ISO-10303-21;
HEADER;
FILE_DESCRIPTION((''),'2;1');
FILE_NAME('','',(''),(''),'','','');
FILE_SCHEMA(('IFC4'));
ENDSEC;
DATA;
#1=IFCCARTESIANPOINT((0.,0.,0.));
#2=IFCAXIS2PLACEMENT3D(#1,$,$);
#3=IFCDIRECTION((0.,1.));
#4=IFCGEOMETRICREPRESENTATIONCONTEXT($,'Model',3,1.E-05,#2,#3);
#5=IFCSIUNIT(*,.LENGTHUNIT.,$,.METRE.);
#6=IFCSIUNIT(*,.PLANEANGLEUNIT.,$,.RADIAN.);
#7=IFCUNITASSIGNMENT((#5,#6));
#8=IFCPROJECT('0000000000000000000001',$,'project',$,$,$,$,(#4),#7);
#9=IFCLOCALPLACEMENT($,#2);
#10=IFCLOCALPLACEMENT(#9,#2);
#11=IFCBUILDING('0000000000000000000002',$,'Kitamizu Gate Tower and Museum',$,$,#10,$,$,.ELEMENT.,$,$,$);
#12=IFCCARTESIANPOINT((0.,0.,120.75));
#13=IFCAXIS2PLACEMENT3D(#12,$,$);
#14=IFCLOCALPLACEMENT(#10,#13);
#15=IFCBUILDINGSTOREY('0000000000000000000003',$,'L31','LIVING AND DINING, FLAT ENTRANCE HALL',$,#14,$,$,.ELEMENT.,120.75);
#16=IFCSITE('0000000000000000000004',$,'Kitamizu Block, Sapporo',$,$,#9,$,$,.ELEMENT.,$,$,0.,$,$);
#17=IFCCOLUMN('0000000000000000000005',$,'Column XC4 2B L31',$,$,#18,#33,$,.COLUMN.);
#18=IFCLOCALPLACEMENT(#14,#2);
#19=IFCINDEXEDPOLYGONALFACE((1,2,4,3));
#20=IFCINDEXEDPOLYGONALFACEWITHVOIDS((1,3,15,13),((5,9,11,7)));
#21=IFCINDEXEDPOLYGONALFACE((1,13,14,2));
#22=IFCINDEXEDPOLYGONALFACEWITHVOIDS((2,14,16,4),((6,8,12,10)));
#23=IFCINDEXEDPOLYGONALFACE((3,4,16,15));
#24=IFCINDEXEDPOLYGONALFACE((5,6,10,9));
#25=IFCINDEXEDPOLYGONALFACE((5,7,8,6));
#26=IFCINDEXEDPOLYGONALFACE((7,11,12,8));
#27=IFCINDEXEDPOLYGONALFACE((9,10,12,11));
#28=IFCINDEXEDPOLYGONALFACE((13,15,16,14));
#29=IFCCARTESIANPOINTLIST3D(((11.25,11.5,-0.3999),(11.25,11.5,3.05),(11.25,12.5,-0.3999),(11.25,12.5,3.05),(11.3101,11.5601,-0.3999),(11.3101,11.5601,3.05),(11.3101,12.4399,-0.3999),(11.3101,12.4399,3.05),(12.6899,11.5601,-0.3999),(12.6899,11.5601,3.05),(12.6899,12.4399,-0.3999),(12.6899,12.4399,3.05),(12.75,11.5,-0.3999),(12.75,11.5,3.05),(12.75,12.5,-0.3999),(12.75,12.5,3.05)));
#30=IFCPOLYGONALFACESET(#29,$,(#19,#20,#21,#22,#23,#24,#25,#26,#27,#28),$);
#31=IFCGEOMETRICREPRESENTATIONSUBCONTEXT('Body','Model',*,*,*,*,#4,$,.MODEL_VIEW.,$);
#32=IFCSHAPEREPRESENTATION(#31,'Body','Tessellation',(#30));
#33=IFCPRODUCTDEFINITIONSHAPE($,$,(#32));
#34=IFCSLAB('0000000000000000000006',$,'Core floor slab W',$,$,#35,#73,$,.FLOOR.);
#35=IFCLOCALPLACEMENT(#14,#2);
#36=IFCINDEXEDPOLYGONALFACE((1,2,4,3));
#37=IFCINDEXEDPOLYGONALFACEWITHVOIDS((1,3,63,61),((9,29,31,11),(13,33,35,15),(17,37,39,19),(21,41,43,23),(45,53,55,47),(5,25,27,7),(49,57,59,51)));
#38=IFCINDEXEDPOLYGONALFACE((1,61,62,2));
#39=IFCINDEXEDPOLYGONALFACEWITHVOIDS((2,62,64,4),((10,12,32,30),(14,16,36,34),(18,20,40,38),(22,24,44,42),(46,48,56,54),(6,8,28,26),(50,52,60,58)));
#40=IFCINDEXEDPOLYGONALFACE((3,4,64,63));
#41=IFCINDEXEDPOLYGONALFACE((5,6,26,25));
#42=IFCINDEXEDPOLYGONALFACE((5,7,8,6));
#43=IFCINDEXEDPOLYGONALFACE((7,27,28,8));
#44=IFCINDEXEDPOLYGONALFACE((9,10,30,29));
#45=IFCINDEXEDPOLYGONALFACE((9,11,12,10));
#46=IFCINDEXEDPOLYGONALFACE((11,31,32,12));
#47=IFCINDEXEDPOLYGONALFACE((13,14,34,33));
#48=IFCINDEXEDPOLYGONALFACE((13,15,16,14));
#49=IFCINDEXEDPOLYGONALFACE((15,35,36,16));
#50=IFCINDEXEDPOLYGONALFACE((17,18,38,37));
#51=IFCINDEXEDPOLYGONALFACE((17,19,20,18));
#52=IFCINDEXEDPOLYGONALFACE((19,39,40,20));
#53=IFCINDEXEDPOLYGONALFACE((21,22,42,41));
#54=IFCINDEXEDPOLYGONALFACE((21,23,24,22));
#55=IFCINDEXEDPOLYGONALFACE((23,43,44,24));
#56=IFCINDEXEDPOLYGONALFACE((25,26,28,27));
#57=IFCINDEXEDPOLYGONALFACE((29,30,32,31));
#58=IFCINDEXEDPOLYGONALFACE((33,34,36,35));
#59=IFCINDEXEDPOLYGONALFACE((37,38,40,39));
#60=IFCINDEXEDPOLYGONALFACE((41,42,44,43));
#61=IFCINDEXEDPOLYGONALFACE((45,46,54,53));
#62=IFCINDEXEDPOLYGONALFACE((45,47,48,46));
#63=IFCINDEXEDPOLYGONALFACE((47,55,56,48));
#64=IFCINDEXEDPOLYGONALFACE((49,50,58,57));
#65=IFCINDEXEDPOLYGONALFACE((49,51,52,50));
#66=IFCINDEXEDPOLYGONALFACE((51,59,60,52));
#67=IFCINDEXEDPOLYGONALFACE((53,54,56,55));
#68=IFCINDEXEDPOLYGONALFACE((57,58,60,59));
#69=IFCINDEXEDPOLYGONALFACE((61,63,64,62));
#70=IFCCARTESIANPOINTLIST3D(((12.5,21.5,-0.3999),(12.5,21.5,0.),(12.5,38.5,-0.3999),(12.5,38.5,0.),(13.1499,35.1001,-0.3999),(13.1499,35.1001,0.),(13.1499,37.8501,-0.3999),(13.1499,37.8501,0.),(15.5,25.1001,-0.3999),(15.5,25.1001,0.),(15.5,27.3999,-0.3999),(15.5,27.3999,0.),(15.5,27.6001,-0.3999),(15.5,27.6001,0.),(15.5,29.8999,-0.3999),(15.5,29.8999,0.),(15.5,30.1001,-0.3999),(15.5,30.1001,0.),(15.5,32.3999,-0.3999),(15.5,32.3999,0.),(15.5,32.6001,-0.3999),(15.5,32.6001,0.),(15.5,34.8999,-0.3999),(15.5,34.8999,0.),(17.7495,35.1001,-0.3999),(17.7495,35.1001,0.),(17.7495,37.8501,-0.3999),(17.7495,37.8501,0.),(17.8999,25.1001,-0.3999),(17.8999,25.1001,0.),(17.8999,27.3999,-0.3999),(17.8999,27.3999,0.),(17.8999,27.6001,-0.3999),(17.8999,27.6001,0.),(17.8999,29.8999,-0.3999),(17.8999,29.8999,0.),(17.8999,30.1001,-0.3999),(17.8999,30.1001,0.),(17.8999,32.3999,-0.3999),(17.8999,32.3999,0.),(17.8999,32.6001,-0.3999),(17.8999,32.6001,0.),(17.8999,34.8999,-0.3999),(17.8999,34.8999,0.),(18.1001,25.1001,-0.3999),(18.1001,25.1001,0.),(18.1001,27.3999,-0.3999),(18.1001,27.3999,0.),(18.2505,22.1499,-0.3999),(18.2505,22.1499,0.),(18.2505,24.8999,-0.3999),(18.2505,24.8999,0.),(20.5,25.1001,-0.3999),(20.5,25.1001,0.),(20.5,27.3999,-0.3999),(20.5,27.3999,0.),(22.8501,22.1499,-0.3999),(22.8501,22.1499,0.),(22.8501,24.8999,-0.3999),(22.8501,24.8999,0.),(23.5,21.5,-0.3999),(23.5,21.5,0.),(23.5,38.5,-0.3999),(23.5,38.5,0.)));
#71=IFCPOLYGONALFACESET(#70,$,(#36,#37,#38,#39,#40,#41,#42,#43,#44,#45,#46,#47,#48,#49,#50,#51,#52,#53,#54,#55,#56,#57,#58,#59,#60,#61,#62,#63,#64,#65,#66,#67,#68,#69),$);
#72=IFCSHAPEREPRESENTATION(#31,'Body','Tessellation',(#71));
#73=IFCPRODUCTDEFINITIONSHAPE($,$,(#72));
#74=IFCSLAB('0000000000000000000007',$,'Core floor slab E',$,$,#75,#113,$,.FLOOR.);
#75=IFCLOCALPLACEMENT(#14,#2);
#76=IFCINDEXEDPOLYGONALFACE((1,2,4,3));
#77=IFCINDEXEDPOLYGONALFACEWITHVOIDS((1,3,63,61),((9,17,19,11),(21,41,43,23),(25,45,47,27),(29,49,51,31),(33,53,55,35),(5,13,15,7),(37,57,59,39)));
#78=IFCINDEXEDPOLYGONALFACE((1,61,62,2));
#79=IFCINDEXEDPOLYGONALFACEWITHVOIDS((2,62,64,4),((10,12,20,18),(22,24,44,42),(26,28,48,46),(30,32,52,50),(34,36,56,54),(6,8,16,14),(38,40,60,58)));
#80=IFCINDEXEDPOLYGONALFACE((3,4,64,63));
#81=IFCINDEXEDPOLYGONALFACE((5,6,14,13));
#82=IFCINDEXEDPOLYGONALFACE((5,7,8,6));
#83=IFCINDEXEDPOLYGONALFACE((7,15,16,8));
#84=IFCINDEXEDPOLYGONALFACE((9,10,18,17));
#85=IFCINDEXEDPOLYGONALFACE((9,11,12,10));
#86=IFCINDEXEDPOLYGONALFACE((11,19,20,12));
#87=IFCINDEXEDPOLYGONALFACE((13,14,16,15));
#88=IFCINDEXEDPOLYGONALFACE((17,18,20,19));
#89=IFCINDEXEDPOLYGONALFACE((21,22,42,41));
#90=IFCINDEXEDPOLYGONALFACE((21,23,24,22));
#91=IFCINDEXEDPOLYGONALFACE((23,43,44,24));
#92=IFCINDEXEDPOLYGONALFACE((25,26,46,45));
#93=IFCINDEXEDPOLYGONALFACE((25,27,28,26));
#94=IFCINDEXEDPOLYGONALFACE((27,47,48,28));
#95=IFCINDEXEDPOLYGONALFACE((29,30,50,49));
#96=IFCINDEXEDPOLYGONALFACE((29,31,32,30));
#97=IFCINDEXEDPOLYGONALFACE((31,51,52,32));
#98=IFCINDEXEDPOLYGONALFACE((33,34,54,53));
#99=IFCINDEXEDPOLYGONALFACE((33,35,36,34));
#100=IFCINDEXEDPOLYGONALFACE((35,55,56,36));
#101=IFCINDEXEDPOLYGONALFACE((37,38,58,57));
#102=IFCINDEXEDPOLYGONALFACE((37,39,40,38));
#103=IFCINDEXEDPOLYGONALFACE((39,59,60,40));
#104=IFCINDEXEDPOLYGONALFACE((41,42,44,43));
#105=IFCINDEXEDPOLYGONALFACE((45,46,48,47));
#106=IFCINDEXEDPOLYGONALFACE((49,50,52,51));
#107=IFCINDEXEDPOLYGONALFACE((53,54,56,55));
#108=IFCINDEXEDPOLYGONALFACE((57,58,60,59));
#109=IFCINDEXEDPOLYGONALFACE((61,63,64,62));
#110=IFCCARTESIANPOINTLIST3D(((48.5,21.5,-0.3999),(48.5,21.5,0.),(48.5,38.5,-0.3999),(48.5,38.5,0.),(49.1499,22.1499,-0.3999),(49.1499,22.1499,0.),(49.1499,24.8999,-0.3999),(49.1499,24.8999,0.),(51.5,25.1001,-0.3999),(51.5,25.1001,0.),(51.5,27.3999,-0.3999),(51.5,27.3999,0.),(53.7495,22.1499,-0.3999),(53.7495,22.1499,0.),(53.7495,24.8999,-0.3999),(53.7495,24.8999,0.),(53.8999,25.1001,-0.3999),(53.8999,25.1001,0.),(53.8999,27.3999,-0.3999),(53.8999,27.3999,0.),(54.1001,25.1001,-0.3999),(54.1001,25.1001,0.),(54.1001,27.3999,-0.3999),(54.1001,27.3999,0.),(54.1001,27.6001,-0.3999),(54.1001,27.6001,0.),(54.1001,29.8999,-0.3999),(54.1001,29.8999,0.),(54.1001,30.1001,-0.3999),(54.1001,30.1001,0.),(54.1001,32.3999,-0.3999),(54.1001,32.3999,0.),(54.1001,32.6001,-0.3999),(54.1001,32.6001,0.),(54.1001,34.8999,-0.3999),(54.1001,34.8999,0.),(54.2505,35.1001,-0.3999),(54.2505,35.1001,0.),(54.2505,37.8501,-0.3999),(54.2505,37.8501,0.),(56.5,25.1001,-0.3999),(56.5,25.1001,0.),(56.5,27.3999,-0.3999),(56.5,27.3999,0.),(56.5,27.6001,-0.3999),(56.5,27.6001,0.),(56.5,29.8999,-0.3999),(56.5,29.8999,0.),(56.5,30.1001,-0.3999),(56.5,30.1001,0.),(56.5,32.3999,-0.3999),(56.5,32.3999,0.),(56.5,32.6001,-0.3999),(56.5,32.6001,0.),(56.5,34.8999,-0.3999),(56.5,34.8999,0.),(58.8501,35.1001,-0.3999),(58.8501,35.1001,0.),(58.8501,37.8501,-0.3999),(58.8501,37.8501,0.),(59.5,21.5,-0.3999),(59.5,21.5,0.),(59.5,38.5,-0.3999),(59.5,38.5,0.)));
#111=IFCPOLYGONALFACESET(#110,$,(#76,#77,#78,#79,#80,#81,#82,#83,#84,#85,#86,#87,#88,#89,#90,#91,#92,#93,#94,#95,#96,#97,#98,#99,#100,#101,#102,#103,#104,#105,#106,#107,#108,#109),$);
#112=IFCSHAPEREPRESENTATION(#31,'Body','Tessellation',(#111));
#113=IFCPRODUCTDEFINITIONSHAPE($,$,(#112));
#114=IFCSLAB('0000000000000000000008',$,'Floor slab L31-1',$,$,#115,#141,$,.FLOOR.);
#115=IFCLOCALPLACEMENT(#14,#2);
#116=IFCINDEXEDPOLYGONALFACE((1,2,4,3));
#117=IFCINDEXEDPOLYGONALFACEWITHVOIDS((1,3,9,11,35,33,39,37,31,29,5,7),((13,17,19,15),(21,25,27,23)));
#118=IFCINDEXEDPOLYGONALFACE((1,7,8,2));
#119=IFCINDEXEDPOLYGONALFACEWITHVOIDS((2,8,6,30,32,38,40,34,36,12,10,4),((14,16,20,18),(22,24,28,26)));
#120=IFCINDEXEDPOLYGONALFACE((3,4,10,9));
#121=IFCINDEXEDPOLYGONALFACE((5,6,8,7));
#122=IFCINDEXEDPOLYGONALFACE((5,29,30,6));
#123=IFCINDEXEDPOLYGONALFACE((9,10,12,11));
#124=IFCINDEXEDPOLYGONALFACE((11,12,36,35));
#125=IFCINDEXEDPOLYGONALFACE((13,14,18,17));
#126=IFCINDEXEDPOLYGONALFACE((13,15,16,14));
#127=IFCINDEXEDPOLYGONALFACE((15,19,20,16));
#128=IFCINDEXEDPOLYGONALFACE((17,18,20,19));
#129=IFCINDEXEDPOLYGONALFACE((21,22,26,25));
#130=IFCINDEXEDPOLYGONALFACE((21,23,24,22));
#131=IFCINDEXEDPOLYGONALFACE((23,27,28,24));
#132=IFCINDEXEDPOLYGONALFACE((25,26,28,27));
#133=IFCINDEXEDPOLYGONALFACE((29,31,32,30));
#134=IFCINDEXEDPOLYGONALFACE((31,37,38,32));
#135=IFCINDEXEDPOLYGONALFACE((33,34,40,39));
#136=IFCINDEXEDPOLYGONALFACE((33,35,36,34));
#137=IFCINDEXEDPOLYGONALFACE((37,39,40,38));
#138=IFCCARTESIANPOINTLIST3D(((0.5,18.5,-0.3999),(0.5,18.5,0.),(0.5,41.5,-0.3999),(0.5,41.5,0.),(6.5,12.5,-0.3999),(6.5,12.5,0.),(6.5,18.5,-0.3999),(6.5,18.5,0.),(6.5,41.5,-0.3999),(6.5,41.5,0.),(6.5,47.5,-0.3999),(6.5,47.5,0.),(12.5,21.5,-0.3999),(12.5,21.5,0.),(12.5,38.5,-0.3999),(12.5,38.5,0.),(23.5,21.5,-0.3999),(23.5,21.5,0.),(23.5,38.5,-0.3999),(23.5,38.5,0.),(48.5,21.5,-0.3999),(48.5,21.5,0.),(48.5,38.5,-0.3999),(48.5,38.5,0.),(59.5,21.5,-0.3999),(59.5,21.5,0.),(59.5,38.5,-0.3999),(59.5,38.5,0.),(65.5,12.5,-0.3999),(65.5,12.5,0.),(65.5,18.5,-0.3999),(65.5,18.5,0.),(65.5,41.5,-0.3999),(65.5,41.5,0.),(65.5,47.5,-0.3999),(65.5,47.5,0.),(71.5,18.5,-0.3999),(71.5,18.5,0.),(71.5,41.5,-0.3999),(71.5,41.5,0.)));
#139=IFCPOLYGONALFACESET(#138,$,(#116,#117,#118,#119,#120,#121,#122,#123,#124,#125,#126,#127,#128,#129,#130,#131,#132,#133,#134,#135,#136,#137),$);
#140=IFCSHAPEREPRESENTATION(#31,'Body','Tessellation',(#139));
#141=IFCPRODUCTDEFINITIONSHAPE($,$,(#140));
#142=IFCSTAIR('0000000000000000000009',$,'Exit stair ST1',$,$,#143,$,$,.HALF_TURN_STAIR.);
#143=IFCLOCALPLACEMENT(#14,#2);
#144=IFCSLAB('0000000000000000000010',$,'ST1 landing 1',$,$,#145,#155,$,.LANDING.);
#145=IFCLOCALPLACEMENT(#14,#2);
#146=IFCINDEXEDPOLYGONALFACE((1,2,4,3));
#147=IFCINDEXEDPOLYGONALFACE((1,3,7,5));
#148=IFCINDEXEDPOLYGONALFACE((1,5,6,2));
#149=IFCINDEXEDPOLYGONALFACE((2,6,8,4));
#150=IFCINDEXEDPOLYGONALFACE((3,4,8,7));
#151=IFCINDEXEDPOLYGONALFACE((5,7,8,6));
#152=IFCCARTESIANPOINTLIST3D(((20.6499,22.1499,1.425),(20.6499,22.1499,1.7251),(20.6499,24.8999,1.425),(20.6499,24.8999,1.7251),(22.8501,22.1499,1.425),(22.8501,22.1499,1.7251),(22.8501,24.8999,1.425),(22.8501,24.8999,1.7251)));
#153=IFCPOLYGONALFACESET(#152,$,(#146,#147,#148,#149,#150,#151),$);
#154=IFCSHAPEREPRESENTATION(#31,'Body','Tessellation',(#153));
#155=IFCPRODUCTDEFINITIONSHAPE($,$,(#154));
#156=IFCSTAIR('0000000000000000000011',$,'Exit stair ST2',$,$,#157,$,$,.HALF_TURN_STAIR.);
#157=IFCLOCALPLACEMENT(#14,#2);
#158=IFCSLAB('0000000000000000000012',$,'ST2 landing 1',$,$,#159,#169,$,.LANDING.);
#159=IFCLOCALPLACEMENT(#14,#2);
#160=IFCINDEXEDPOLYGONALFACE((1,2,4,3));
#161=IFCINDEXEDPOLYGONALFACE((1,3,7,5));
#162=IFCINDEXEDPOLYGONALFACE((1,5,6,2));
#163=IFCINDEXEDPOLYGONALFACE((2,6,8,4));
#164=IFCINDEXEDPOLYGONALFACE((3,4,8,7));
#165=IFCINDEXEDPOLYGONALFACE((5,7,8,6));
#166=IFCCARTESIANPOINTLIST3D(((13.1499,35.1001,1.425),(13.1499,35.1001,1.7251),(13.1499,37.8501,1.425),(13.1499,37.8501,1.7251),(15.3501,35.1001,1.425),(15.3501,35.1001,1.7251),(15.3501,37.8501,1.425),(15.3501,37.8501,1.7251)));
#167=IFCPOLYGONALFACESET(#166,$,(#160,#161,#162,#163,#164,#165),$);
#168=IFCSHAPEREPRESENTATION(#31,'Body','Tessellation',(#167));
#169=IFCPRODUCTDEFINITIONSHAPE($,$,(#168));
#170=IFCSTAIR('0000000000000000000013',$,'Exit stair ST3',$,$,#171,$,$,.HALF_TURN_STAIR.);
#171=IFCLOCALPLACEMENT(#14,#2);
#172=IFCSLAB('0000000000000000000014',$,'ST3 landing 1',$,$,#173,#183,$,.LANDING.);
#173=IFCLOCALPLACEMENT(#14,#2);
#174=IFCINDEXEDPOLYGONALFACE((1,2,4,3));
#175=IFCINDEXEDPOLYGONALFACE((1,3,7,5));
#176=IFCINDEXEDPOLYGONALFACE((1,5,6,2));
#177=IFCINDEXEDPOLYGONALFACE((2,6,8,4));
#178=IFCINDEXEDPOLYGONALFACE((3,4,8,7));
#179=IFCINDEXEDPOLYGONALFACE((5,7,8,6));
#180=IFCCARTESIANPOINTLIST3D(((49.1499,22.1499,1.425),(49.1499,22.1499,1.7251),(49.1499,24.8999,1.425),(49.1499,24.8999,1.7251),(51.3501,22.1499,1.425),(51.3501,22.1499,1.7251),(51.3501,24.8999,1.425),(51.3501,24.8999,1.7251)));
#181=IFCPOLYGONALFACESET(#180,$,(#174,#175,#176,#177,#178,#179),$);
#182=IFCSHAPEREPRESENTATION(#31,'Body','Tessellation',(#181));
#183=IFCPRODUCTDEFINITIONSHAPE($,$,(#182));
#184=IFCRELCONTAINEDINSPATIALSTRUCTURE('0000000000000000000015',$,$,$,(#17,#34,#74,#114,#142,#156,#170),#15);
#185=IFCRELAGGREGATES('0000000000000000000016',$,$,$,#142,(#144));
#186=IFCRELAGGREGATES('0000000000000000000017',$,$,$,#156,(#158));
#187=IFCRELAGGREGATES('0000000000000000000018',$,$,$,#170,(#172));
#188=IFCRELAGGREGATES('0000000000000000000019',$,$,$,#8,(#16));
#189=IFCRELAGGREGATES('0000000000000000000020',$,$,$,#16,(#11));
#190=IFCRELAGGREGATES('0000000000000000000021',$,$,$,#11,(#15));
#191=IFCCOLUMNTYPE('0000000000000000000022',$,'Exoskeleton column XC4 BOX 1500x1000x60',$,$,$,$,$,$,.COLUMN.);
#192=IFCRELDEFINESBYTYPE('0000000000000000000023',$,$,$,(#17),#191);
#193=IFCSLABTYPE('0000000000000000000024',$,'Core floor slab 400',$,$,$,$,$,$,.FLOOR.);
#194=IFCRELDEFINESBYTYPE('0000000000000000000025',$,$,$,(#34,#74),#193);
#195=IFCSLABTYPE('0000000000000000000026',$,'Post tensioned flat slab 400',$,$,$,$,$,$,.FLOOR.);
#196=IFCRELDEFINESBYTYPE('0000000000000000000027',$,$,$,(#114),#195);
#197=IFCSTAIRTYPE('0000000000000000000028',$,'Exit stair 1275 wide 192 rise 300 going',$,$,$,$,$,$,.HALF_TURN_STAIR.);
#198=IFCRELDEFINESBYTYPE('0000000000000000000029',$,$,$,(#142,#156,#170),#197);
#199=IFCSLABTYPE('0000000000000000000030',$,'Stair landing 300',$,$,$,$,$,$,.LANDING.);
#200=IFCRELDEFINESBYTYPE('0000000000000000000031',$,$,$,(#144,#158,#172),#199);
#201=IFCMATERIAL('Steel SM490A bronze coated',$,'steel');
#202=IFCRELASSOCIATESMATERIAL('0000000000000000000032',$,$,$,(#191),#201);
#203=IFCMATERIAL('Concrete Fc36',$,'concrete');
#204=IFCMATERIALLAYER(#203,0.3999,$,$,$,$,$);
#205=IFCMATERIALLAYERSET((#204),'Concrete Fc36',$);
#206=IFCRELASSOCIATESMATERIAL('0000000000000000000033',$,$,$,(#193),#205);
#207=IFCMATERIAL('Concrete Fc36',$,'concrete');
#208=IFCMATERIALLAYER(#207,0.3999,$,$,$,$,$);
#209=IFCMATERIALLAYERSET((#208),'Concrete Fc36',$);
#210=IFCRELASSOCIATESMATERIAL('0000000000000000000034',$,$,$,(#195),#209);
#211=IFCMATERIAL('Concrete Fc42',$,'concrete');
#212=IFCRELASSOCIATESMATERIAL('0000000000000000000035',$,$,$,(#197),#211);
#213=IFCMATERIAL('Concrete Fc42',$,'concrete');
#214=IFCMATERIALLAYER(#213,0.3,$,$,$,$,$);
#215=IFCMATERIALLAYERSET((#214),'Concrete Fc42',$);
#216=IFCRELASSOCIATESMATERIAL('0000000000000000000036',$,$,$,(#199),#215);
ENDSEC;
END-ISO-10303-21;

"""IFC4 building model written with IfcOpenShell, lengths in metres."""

from ifc_helpers import new_model, si_unit, direction, frame, origin, origin_2d, place, context, subcontext, project, spatial, polyline, hollow_rectangle, outline, extrude, material, layer, layer_set, material_profile, profile_set, type_object, element, aggregate, save


model = new_model("IFC4")

# Units and contexts
model_context = context("Model", 3, precision=1e-05, world=origin(), true_north=direction((0.0, 1.0)))
body_context = subcontext(model_context, "Body", "Model", "MODEL_VIEW")
ifc_project = project(units=[si_unit("LENGTHUNIT", "METRE"), si_unit("PLANEANGLEUNIT", "RADIAN")], contexts=[model_context])

# Site, building, storey
site_placement = place(None, origin())
site = spatial("IfcSite", under=ifc_project, at=site_placement, Name="Kitamizu Block, Sapporo", CompositionType="ELEMENT", RefElevation=0.0)
building_placement = place(site_placement, origin())
building = spatial("IfcBuilding", under=site, at=building_placement, Name="Kitamizu Gate Tower and Museum", CompositionType="ELEMENT")
storey_placement = place(building_placement, frame((0.0, 0.0, 120.75)))
storey = spatial("IfcBuildingStorey", under=building, at=storey_placement, Name="L31", Description="LIVING AND DINING, FLAT ENTRANCE HALL", CompositionType="ELEMENT", Elevation=120.75)

# Column
ifc_material_1 = material(Name="Steel SM490A bronze coated", Category="steel")
ifc_material_profile = material_profile(ifc_material_1, hollow_rectangle(XDim=1.5, YDim=1.0, WallThickness=0.0601, at=origin_2d()), Name="BOX 1500x1000x60")
ifc_profile_set = profile_set([ifc_material_profile], Name="Steel SM490A bronze coated")
column_type = type_object("IfcColumnType", Name="Exoskeleton column XC4 BOX 1500x1000x60", PredefinedType="COLUMN", material=ifc_profile_set)
column_placement = place(storey_placement, frame((12.0, 12.0, -0.3999), z_axis=(0.0, 0.0, 1.0), x_axis=(1.0, 0.0, 0.0)))
element("IfcColumn", 1, at=column_placement, inside=storey, type_object=column_type, Name="Column XC4 2B L31", PredefinedType="COLUMN", context=body_context, shape_type="SweptSolid", body=[
    extrude(hollow_rectangle(XDim=1.5, YDim=1.0, WallThickness=0.0601, at=origin_2d()), origin(), (0.0, 0.0, 1.0), 3.45),
])

# Slabs
ifc_material_2 = material(Name="Concrete Fc36", Category="concrete")
ifc_layer_1 = layer(ifc_material_2, 0.3999)
ifc_layer_set_1 = layer_set([ifc_layer_1], Name="Concrete Fc36")
slab_type_1 = type_object("IfcSlabType", Name="Core floor slab 400", PredefinedType="FLOOR", material=ifc_layer_set_1)
slab_1_placement = place(storey_placement, frame((0.0, 0.0, -0.3999)))
element("IfcSlab", 2, at=slab_1_placement, inside=storey, type_object=slab_type_1, Name="Core floor slab W", PredefinedType="FLOOR", context=body_context, shape_type="SweptSolid", body=[
    extrude(outline(polyline([(12.5, 21.5), (23.5, 21.5), (23.5, 38.5), (12.5, 38.5), (12.5, 21.5)]), holes=[polyline([(15.5, 25.1001), (17.8999, 25.1001), (17.8999, 27.3999), (15.5, 27.3999), (15.5, 25.1001)]), polyline([(15.5, 27.6001), (17.8999, 27.6001), (17.8999, 29.8999), (15.5, 29.8999), (15.5, 27.6001)]), polyline([(15.5, 30.1001), (17.8999, 30.1001), (17.8999, 32.3999), (15.5, 32.3999), (15.5, 30.1001)]), polyline([(15.5, 32.6001), (17.8999, 32.6001), (17.8999, 34.8999), (15.5, 34.8999), (15.5, 32.6001)]), polyline([(18.1001, 25.1001), (20.5, 25.1001), (20.5, 27.3999), (18.1001, 27.3999), (18.1001, 25.1001)]), polyline([(18.2505, 22.1499), (22.8501, 22.1499), (22.8501, 24.8999), (18.2505, 24.8999), (18.2505, 22.1499)]), polyline([(13.1499, 35.1001), (17.7495, 35.1001), (17.7495, 37.8501), (13.1499, 37.8501), (13.1499, 35.1001)])]), origin(), (0.0, 0.0, 1.0), 0.3999),
])
slab_2_placement = place(storey_placement, frame((0.0, 0.0, -0.3999)))
element("IfcSlab", 3, at=slab_2_placement, inside=storey, type_object=slab_type_1, Name="Core floor slab E", PredefinedType="FLOOR", context=body_context, shape_type="SweptSolid", body=[
    extrude(outline(polyline([(48.5, 21.5), (59.5, 21.5), (59.5, 38.5), (48.5, 38.5), (48.5, 21.5)]), holes=[polyline([(54.1001, 25.1001), (56.5, 25.1001), (56.5, 27.3999), (54.1001, 27.3999), (54.1001, 25.1001)]), polyline([(54.1001, 27.6001), (56.5, 27.6001), (56.5, 29.8999), (54.1001, 29.8999), (54.1001, 27.6001)]), polyline([(54.1001, 30.1001), (56.5, 30.1001), (56.5, 32.3999), (54.1001, 32.3999), (54.1001, 30.1001)]), polyline([(54.1001, 32.6001), (56.5, 32.6001), (56.5, 34.8999), (54.1001, 34.8999), (54.1001, 32.6001)]), polyline([(51.5, 25.1001), (53.8999, 25.1001), (53.8999, 27.3999), (51.5, 27.3999), (51.5, 25.1001)]), polyline([(49.1499, 22.1499), (53.7495, 22.1499), (53.7495, 24.8999), (49.1499, 24.8999), (49.1499, 22.1499)]), polyline([(54.2505, 35.1001), (58.8501, 35.1001), (58.8501, 37.8501), (54.2505, 37.8501), (54.2505, 35.1001)])]), origin(), (0.0, 0.0, 1.0), 0.3999),
])
ifc_material_3 = material(Name="Concrete Fc36", Category="concrete")
ifc_layer_2 = layer(ifc_material_3, 0.3999)
ifc_layer_set_2 = layer_set([ifc_layer_2], Name="Concrete Fc36")
slab_type_2 = type_object("IfcSlabType", Name="Post tensioned flat slab 400", PredefinedType="FLOOR", material=ifc_layer_set_2)
slab_3_placement = place(storey_placement, frame((0.0, 0.0, -0.3999)))
element("IfcSlab", 4, at=slab_3_placement, inside=storey, type_object=slab_type_2, Name="Floor slab L31-1", PredefinedType="FLOOR", context=body_context, shape_type="SweptSolid", body=[
    extrude(outline(polyline([(0.5, 18.5), (0.5, 41.5), (6.5, 41.5), (6.5, 47.5), (65.5, 47.5), (65.5, 41.5), (71.5, 41.5), (71.5, 18.5), (65.5, 18.5), (65.5, 12.5), (6.5, 12.5), (6.5, 18.5), (0.5, 18.5)]), holes=[polyline([(59.5, 38.5), (48.5, 38.5), (48.5, 21.5), (59.5, 21.5), (59.5, 38.5)]), polyline([(12.5, 38.5), (12.5, 21.5), (23.5, 21.5), (23.5, 38.5), (12.5, 38.5)])]), origin(), (0.0, 0.0, 1.0), 0.3999),
])

# Stairs, slabs
ifc_material_4 = material(Name="Concrete Fc42", Category="concrete")
stair_type = type_object("IfcStairType", Name="Exit stair 1275 wide 192 rise 300 going", PredefinedType="HALF_TURN_STAIR", material=ifc_material_4)
stair_1_placement = place(storey_placement, origin())
stair_1 = element("IfcStair", 5, at=stair_1_placement, inside=storey, type_object=stair_type, Name="Exit stair ST1", PredefinedType="HALF_TURN_STAIR")
ifc_material_5 = material(Name="Concrete Fc42", Category="concrete")
ifc_layer_3 = layer(ifc_material_5, 0.3)
ifc_layer_set_3 = layer_set([ifc_layer_3], Name="Concrete Fc42")
slab_type_3 = type_object("IfcSlabType", Name="Stair landing 300", PredefinedType="LANDING", material=ifc_layer_set_3)
slab_4_placement = place(storey_placement, frame((0.0, 0.0, 1.425)))
slab_4 = element("IfcSlab", 6, at=slab_4_placement, type_object=slab_type_3, Name="ST1 landing 1", PredefinedType="LANDING", context=body_context, shape_type="SweptSolid", body=[
    extrude(outline(polyline([(20.6499, 22.1499), (22.8501, 22.1499), (22.8501, 24.8999), (20.6499, 24.8999), (20.6499, 22.1499)])), origin(), (0.0, 0.0, 1.0), 0.3),
])
aggregate(stair_1, [slab_4])
stair_2_placement = place(storey_placement, origin())
stair_2 = element("IfcStair", 7, at=stair_2_placement, inside=storey, type_object=stair_type, Name="Exit stair ST2", PredefinedType="HALF_TURN_STAIR")
slab_5_placement = place(storey_placement, frame((0.0, 0.0, 1.425)))
slab_5 = element("IfcSlab", 8, at=slab_5_placement, type_object=slab_type_3, Name="ST2 landing 1", PredefinedType="LANDING", context=body_context, shape_type="SweptSolid", body=[
    extrude(outline(polyline([(13.1499, 35.1001), (15.3501, 35.1001), (15.3501, 37.8501), (13.1499, 37.8501), (13.1499, 35.1001)])), origin(), (0.0, 0.0, 1.0), 0.3),
])
aggregate(stair_2, [slab_5])
stair_3_placement = place(storey_placement, origin())
stair_3 = element("IfcStair", 9, at=stair_3_placement, inside=storey, type_object=stair_type, Name="Exit stair ST3", PredefinedType="HALF_TURN_STAIR")
slab_6_placement = place(storey_placement, frame((0.0, 0.0, 1.425)))
slab_6 = element("IfcSlab", 10, at=slab_6_placement, type_object=slab_type_3, Name="ST3 landing 1", PredefinedType="LANDING", context=body_context, shape_type="SweptSolid", body=[
    extrude(outline(polyline([(49.1499, 22.1499), (51.3501, 22.1499), (51.3501, 24.8999), (49.1499, 24.8999), (49.1499, 22.1499)])), origin(), (0.0, 0.0, 1.0), 0.3),
])
aggregate(stair_3, [slab_6])

save(model, "model.ifc")
